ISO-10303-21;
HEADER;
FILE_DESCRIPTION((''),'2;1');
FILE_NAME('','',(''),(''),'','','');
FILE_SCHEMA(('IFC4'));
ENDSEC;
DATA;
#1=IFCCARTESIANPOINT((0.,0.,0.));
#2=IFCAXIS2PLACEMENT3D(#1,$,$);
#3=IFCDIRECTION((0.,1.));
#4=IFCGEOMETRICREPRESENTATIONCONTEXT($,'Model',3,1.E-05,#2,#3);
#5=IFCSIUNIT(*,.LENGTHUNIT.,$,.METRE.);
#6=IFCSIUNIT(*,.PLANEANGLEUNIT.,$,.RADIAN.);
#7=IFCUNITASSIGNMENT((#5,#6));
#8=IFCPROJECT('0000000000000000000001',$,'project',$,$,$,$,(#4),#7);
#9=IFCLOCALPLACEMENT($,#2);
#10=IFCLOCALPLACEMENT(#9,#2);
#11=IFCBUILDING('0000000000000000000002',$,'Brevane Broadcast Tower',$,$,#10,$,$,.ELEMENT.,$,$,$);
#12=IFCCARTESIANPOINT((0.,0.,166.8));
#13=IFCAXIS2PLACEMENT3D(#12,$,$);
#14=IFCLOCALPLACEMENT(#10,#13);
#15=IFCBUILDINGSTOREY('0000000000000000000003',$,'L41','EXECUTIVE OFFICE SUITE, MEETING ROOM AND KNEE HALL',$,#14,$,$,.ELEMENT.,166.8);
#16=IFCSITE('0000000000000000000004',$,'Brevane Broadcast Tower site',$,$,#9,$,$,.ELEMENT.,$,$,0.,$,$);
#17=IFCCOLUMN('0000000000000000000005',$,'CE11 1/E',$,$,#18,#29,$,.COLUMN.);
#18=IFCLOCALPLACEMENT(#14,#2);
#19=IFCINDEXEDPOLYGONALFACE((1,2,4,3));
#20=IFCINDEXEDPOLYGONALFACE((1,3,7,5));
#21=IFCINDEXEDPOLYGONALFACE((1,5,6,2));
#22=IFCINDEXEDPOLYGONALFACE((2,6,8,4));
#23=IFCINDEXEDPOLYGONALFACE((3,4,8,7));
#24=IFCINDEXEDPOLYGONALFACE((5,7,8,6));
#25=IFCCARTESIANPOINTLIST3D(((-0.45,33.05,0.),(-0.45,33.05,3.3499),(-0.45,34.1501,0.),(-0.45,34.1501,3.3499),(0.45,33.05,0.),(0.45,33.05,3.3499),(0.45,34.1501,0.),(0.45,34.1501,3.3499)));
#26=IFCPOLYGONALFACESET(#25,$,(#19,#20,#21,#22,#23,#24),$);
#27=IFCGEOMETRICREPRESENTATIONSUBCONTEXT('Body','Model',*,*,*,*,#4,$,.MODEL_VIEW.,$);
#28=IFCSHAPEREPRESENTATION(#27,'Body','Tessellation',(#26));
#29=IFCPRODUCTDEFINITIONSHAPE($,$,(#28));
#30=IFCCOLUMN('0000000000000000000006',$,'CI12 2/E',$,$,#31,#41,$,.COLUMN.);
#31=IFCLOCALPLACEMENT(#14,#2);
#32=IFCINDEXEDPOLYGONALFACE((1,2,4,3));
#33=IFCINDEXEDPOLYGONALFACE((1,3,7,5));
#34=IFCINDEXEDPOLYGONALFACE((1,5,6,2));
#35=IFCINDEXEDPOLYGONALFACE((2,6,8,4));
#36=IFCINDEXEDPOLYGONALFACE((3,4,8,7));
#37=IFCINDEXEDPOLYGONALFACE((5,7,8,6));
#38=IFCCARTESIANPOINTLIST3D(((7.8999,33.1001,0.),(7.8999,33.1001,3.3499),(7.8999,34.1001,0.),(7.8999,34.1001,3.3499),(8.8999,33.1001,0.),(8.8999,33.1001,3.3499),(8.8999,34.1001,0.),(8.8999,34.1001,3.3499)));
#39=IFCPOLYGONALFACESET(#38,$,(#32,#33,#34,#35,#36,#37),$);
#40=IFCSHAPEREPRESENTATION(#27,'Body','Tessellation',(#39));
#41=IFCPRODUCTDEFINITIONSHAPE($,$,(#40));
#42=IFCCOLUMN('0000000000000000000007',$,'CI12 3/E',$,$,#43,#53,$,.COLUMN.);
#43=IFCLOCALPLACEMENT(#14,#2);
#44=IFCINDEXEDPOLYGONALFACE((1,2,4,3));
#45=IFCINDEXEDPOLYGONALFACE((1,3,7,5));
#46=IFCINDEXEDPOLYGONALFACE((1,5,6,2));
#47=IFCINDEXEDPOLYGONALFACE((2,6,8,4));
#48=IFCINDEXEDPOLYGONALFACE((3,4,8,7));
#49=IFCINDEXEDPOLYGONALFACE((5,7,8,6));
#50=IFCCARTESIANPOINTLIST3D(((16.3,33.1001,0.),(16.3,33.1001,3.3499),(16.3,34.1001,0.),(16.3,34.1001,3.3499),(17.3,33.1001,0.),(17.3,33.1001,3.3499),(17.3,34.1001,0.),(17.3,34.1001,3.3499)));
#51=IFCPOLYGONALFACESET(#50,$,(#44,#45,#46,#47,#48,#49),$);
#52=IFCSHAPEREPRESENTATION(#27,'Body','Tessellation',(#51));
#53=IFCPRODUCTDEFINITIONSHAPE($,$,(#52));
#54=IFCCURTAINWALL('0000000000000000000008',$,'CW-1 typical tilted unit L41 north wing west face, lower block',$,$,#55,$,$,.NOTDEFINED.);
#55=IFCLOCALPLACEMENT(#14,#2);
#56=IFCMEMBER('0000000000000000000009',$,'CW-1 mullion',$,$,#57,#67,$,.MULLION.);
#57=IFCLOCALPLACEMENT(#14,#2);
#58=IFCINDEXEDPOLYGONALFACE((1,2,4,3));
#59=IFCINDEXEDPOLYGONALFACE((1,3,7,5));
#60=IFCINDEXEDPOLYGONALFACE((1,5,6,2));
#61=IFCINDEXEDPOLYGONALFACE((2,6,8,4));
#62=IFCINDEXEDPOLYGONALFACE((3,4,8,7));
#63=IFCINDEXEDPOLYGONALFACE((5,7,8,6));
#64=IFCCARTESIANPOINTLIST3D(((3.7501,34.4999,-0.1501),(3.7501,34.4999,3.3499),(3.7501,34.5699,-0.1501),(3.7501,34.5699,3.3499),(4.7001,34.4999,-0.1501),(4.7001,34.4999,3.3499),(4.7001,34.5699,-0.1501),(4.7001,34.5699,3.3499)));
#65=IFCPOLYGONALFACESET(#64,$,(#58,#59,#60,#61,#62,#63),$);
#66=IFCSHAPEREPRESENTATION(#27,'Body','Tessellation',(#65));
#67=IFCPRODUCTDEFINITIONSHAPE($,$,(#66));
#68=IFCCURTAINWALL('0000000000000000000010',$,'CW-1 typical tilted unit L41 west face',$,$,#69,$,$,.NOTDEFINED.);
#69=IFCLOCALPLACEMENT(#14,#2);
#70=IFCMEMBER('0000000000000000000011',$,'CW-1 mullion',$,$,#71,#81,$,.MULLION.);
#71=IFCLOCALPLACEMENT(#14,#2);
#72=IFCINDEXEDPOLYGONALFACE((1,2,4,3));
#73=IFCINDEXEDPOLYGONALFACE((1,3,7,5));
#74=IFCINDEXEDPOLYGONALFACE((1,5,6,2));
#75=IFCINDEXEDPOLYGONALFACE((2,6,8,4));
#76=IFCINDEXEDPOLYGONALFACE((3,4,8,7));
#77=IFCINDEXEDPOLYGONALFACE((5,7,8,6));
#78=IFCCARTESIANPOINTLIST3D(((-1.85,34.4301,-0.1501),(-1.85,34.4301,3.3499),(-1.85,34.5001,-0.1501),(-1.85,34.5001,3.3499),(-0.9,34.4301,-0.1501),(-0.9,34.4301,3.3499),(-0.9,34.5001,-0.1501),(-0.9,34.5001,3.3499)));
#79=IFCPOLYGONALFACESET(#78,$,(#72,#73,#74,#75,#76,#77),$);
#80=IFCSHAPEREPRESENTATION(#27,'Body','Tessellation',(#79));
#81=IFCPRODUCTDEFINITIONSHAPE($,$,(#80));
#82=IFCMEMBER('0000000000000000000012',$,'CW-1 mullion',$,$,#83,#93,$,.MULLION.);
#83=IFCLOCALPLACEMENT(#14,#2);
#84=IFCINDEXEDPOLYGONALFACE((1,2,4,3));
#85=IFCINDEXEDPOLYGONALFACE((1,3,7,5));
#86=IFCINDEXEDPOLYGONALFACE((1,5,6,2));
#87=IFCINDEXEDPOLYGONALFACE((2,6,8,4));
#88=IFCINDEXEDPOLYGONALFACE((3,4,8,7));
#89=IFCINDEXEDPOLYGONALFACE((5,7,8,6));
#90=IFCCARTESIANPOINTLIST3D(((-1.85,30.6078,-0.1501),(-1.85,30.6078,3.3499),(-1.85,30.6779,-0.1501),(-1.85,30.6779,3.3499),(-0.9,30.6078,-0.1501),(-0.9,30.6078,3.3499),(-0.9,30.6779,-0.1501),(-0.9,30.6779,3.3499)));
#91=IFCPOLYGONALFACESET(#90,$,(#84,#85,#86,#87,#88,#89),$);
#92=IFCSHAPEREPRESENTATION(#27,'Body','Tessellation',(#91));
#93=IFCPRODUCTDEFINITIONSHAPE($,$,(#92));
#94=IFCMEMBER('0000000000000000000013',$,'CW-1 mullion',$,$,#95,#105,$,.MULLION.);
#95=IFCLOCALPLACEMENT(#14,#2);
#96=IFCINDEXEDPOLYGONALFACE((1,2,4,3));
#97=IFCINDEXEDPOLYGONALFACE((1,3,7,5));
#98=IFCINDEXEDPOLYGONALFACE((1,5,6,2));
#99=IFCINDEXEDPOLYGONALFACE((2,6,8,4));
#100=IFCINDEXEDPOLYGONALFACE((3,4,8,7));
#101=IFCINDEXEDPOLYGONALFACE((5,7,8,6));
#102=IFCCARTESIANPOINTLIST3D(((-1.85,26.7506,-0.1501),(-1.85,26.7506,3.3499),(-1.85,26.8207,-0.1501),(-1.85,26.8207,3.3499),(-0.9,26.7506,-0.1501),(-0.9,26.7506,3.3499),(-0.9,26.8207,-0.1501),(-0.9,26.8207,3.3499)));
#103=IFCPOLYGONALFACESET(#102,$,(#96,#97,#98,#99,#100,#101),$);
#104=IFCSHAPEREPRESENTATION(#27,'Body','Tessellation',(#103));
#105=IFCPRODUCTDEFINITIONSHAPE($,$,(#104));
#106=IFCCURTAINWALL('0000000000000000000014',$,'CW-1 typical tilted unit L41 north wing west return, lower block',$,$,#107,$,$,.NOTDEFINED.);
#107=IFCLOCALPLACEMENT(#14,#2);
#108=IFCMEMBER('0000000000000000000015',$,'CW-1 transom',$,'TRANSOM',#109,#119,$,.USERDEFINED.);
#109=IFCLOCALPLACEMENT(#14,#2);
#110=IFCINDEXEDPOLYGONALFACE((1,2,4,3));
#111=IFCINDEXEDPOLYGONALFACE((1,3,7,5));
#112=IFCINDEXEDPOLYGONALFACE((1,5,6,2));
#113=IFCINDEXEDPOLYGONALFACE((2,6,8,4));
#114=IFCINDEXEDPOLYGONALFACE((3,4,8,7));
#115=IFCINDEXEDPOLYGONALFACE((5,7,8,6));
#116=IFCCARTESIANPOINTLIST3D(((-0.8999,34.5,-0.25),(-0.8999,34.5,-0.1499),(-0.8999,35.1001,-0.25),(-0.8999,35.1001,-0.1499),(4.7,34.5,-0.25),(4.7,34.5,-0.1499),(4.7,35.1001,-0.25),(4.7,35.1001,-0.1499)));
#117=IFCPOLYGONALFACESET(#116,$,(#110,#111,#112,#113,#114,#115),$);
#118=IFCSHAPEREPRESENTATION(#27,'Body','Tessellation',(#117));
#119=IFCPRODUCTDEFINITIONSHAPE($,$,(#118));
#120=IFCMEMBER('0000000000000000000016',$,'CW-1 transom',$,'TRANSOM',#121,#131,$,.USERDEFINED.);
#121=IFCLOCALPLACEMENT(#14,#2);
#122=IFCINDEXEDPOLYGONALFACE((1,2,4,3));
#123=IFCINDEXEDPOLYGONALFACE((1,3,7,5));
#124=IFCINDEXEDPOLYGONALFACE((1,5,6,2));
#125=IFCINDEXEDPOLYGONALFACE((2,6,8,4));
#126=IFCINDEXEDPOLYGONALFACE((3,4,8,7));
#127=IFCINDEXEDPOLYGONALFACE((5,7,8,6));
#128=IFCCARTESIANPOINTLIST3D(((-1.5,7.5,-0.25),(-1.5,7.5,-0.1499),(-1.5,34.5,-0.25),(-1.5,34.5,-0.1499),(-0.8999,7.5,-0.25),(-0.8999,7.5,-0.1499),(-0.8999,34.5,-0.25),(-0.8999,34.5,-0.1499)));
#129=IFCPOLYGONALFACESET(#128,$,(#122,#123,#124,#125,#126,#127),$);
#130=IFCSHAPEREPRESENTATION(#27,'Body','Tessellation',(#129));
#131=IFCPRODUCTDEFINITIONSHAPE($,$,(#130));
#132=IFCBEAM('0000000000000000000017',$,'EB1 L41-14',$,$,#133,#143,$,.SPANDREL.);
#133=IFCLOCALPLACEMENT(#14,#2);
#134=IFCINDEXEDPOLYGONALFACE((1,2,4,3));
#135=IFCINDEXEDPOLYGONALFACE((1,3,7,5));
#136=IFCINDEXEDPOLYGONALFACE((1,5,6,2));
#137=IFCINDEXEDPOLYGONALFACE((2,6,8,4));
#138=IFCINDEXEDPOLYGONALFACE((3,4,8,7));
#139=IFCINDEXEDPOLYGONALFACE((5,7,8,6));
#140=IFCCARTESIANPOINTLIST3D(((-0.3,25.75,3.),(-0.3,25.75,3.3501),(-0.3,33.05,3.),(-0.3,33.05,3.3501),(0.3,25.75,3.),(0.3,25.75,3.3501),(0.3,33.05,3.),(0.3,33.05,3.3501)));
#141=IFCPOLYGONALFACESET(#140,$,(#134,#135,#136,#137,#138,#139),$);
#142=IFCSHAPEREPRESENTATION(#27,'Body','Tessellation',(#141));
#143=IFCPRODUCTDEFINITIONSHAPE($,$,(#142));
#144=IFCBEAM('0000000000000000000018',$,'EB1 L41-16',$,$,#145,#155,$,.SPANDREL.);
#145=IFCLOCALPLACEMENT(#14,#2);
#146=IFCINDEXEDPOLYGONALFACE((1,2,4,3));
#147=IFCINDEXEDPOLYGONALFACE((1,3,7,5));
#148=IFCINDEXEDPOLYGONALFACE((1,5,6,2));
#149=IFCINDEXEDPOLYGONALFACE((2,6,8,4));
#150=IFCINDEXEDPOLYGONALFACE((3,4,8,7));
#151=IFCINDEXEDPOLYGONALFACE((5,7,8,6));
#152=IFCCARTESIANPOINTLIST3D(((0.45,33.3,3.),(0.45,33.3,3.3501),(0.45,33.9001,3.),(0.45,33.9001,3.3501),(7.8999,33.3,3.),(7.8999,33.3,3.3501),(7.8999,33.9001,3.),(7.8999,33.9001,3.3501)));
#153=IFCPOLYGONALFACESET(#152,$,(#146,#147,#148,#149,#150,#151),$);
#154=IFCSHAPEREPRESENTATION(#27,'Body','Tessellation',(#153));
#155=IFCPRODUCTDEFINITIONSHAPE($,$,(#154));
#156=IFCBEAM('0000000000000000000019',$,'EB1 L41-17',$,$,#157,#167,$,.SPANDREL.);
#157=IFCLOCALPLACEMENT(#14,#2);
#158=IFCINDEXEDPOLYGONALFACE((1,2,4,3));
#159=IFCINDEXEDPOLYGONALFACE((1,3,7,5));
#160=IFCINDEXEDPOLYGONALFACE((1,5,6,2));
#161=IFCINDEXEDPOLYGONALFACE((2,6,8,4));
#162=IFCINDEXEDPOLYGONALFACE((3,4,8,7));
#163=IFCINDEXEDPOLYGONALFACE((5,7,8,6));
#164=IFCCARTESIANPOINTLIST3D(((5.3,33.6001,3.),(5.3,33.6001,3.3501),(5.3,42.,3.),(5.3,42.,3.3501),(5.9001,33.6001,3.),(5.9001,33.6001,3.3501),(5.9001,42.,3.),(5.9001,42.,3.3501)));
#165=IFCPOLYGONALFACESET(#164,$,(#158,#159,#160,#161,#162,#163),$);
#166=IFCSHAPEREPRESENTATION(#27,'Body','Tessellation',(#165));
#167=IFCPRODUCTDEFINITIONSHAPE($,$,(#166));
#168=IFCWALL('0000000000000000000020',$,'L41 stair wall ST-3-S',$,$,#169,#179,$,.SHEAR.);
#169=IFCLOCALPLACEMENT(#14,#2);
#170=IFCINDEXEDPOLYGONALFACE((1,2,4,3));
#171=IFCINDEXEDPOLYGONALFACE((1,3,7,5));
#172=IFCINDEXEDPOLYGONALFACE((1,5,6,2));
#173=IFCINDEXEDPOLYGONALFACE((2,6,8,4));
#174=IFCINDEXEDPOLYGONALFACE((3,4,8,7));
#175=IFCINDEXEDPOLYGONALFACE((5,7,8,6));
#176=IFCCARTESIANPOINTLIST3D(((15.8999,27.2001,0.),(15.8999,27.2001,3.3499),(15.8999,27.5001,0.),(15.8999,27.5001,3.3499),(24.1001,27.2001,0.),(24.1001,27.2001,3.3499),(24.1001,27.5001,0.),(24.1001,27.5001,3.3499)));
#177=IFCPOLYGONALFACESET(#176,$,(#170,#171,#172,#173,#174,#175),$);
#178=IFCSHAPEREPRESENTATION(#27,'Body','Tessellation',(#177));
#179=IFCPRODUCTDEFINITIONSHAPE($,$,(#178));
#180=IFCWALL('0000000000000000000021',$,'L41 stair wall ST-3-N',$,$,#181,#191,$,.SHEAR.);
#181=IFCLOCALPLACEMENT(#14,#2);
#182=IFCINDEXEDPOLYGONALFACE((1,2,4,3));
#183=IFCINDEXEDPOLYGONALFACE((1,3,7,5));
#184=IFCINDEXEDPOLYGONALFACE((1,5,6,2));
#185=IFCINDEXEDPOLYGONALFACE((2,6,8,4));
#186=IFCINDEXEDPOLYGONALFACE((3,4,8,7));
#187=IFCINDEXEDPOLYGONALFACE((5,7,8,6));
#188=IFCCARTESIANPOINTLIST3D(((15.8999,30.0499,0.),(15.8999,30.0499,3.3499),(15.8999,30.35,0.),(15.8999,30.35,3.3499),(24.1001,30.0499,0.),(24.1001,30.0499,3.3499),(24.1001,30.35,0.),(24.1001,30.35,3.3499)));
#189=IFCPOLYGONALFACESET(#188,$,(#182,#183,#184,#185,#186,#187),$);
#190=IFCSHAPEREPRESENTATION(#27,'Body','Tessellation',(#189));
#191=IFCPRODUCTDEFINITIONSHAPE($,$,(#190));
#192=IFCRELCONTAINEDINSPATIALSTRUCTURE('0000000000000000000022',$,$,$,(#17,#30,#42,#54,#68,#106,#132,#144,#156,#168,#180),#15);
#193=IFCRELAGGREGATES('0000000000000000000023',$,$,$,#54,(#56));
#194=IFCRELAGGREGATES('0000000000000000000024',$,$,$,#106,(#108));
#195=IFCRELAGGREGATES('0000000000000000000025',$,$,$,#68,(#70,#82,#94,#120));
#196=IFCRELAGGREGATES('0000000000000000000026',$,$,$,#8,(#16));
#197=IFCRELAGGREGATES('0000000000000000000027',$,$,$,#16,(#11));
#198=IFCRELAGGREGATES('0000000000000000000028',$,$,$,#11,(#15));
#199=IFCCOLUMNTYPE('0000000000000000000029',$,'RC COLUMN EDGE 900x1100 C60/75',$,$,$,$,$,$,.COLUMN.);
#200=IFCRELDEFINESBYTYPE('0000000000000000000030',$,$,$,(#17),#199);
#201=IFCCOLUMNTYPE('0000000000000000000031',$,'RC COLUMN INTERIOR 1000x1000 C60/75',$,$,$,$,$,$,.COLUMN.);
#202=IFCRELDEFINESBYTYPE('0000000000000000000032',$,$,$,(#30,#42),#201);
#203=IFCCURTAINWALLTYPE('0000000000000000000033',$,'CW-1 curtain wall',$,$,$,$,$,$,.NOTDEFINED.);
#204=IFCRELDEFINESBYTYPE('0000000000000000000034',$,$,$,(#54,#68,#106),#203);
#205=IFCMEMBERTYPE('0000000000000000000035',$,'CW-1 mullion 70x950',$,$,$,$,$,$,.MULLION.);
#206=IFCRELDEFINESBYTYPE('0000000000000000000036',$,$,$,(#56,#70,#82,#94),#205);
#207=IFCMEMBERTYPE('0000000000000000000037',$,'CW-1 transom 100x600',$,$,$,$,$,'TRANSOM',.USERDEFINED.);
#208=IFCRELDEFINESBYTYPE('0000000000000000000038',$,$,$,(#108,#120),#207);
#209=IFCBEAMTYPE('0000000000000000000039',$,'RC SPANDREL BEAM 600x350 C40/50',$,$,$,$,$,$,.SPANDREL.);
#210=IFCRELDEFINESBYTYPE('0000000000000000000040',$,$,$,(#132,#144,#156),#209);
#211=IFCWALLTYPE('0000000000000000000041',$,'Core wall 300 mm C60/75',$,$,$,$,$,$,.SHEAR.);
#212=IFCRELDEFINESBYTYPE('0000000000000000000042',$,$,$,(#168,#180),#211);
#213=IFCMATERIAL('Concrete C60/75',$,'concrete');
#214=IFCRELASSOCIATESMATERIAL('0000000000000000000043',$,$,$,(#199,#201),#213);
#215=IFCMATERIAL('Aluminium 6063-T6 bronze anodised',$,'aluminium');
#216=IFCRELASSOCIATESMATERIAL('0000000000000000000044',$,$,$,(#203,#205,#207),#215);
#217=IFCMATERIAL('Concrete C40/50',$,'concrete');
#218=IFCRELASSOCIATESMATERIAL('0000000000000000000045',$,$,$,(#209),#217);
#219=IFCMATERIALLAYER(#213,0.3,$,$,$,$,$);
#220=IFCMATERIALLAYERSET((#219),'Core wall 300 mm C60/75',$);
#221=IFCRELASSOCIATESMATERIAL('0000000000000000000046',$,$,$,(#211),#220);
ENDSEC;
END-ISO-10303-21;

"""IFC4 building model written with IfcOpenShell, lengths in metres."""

from ifc_helpers import new_model, si_unit, direction, frame, frame_2d, origin, origin_2d, place, context, subcontext, project, spatial, rectangle, extrude, material, layer, layer_set, material_profile, profile_set, type_object, element, aggregate, save


model = new_model("IFC4")

# Units and contexts
model_context = context("Model", 3, precision=1e-05, world=origin(), true_north=direction((0.0, 1.0)))
body_context = subcontext(model_context, "Body", "Model", "MODEL_VIEW")
ifc_project = project(units=[si_unit("LENGTHUNIT", "METRE"), si_unit("PLANEANGLEUNIT", "RADIAN")], contexts=[model_context])

# Site, building, storey
site_placement = place(None, origin())
site = spatial("IfcSite", under=ifc_project, at=site_placement, Name="Brevane Broadcast Tower site", CompositionType="ELEMENT", RefElevation=0.0)
building_placement = place(site_placement, origin())
building = spatial("IfcBuilding", under=site, at=building_placement, Name="Brevane Broadcast Tower", CompositionType="ELEMENT")
storey_placement = place(building_placement, frame((0.0, 0.0, 166.8)))
storey = spatial("IfcBuildingStorey", under=building, at=storey_placement, Name="L41", Description="EXECUTIVE OFFICE SUITE, MEETING ROOM AND KNEE HALL", CompositionType="ELEMENT", Elevation=166.8)

# Columns
ifc_material_1 = material(Name="Concrete C60/75", Category="concrete")
ifc_material_profile_1 = material_profile(ifc_material_1, rectangle(XDim=0.8999, YDim=1.1001, at=origin_2d()), Name="RC 900x1100")
ifc_profile_set_1 = profile_set([ifc_material_profile_1], Name="Concrete C60/75")
column_type_1 = type_object("IfcColumnType", Name="RC COLUMN EDGE 900x1100 C60/75", PredefinedType="COLUMN", material=ifc_profile_set_1)
column_placement = place(storey_placement, frame((0.0, 33.6001, 0.0), z_axis=(0.0, 0.0, 1.0), x_axis=(1.0, 0.0, 0.0)))
element("IfcColumn", 1, at=column_placement, inside=storey, type_object=column_type_1, Name="CE11 1/E", PredefinedType="COLUMN", context=body_context, shape_type="SweptSolid", body=[
    extrude(rectangle(XDim=0.8999, YDim=1.1001, at=origin_2d()), origin(), (0.0, 0.0, 1.0), 3.3499),
])
ifc_material_profile_2 = material_profile(ifc_material_1, rectangle(XDim=1.0, YDim=1.0, at=origin_2d()), Name="RC 1000x1000")
ifc_profile_set_2 = profile_set([ifc_material_profile_2], Name="Concrete C60/75")
column_type_2 = type_object("IfcColumnType", Name="RC COLUMN INTERIOR 1000x1000 C60/75", PredefinedType="COLUMN", material=ifc_profile_set_2)
for number, where, z_axis, x_axis, name in (
    (2, (8.3999, 33.6001, 0.0), (0.0, 0.0, 1.0), (1.0, 0.0, 0.0), "CI12 2/E"),
    (3, (16.8, 33.6001, 0.0), (0.0, 0.0, 1.0), (1.0, 0.0, 0.0), "CI12 3/E"),
):
    element("IfcColumn", number, at=place(storey_placement, frame(where, z_axis=z_axis, x_axis=x_axis)), inside=storey, type_object=column_type_2, Name=name, PredefinedType="COLUMN", context=body_context, shape_type="SweptSolid", body=[
        extrude(rectangle(XDim=1.0, YDim=1.0, at=origin_2d()), origin(), (0.0, 0.0, 1.0), 3.3499),
    ])

# Curtain wall, member
ifc_material_2 = material(Name="Aluminium 6063-T6 bronze anodised", Category="aluminium")
curtain_wall_type = type_object("IfcCurtainWallType", Name="CW-1 curtain wall", PredefinedType="NOTDEFINED", material=ifc_material_2)
curtain_wall_1_placement = place(storey_placement, origin())
curtain_wall_1 = element("IfcCurtainWall", 4, at=curtain_wall_1_placement, inside=storey, type_object=curtain_wall_type, Name="CW-1 typical tilted unit L41 north wing west face, lower block", PredefinedType="NOTDEFINED")
ifc_material_profile_3 = material_profile(ifc_material_2, rectangle(XDim=0.95, YDim=0.0701, at=origin_2d()), Name="RECT 70x950")
ifc_profile_set_3 = profile_set([ifc_material_profile_3], Name="Aluminium 6063-T6 bronze anodised")
member_type_1 = type_object("IfcMemberType", Name="CW-1 mullion 70x950", PredefinedType="MULLION", material=ifc_profile_set_3)
member_1_placement = place(storey_placement, frame((4.2251, 34.5349, -0.1501), z_axis=(0.0, 0.0, 1.0), x_axis=(1.0, 0.0, 0.0)))
member_1 = element("IfcMember", 5, at=member_1_placement, type_object=member_type_1, Name="CW-1 mullion", PredefinedType="MULLION", context=body_context, shape_type="SweptSolid", body=[
    extrude(rectangle(XDim=0.95, YDim=0.0701, at=origin_2d()), origin(), (0.0, 0.0, 1.0), 3.5),
])
aggregate(curtain_wall_1, [member_1])

# Curtain wall, members
curtain_wall_2_placement = place(storey_placement, origin())
curtain_wall_2 = element("IfcCurtainWall", 6, at=curtain_wall_2_placement, inside=storey, type_object=curtain_wall_type, Name="CW-1 typical tilted unit L41 west face", PredefinedType="NOTDEFINED")
member_2_placement = place(storey_placement, frame((-1.375, 34.4651, -0.1501), z_axis=(0.0, 0.0, 1.0), x_axis=(1.0, 0.0, 0.0)))
member_2 = element("IfcMember", 7, at=member_2_placement, type_object=member_type_1, Name="CW-1 mullion", PredefinedType="MULLION", context=body_context, shape_type="SweptSolid", body=[
    extrude(rectangle(XDim=0.95, YDim=0.0701, at=origin_2d()), origin(), (0.0, 0.0, 1.0), 3.5),
])
member_3_placement = place(storey_placement, frame((-1.375, 30.6428, -0.1501), z_axis=(0.0, 0.0, 1.0), x_axis=(1.0, 0.0, 0.0)))
member_3 = element("IfcMember", 8, at=member_3_placement, type_object=member_type_1, Name="CW-1 mullion", PredefinedType="MULLION", context=body_context, shape_type="SweptSolid", body=[
    extrude(rectangle(XDim=0.95, YDim=0.0701, at=origin_2d()), origin(), (0.0, 0.0, 1.0), 3.5),
])
member_4_placement = place(storey_placement, frame((-1.375, 26.7856, -0.1501), z_axis=(0.0, 0.0, 1.0), x_axis=(1.0, 0.0, 0.0)))
member_4 = element("IfcMember", 9, at=member_4_placement, type_object=member_type_1, Name="CW-1 mullion", PredefinedType="MULLION", context=body_context, shape_type="SweptSolid", body=[
    extrude(rectangle(XDim=0.95, YDim=0.0701, at=origin_2d()), origin(), (0.0, 0.0, 1.0), 3.5),
])

# Curtain wall, member
curtain_wall_3_placement = place(storey_placement, origin())
curtain_wall_3 = element("IfcCurtainWall", 10, at=curtain_wall_3_placement, inside=storey, type_object=curtain_wall_type, Name="CW-1 typical tilted unit L41 north wing west return, lower block", PredefinedType="NOTDEFINED")
ifc_material_profile_4 = material_profile(ifc_material_2, rectangle(XDim=0.6001, YDim=0.1001, at=origin_2d()), Name="RECT 100x600")
ifc_profile_set_4 = profile_set([ifc_material_profile_4], Name="Aluminium 6063-T6 bronze anodised")
member_type_2 = type_object("IfcMemberType", Name="CW-1 transom 100x600", ElementType="TRANSOM", PredefinedType="USERDEFINED", material=ifc_profile_set_4)
member_5_placement = place(storey_placement, frame((4.7, 34.8, -0.2), z_axis=(-1.0, 0.0, 0.0), x_axis=(0.0, -1.0, 0.0)))
member_5 = element("IfcMember", 11, at=member_5_placement, type_object=member_type_2, Name="CW-1 transom", ObjectType="TRANSOM", PredefinedType="USERDEFINED", context=body_context, shape_type="SweptSolid", body=[
    extrude(rectangle(XDim=0.6001, YDim=0.1001, at=origin_2d()), origin(), (0.0, 0.0, 1.0), 5.5999),
])
aggregate(curtain_wall_3, [member_5])

# Member
member_6_placement = place(storey_placement, frame((-1.2, 34.5, -0.2), z_axis=(0.0, -1.0, 0.0), x_axis=(1.0, 0.0, 0.0)))
member_6 = element("IfcMember", 12, at=member_6_placement, type_object=member_type_2, Name="CW-1 transom", ObjectType="TRANSOM", PredefinedType="USERDEFINED", context=body_context, shape_type="SweptSolid", body=[
    extrude(rectangle(XDim=0.6001, YDim=0.1001, at=origin_2d()), origin(), (0.0, 0.0, 1.0), 27.0),
])
aggregate(curtain_wall_2, [member_2, member_3, member_4, member_6])

# Beams
ifc_material_3 = material(Name="Concrete C40/50", Category="concrete")
ifc_material_profile_5 = material_profile(ifc_material_3, rectangle(XDim=0.6001, YDim=0.3501, at=origin_2d()), Name="RC 600x350")
ifc_profile_set_5 = profile_set([ifc_material_profile_5], Name="Concrete C40/50")
beam_type = type_object("IfcBeamType", Name="RC SPANDREL BEAM 600x350 C40/50", PredefinedType="SPANDREL", material=ifc_profile_set_5)
beam_1_placement = place(storey_placement, frame((0.0, 33.05, 3.175), z_axis=(0.0, -1.0, 0.0), x_axis=(1.0, 0.0, 0.0)))
element("IfcBeam", 13, at=beam_1_placement, inside=storey, type_object=beam_type, Name="EB1 L41-14", PredefinedType="SPANDREL", context=body_context, shape_type="SweptSolid", body=[
    extrude(rectangle(XDim=0.6001, YDim=0.3501, at=origin_2d()), origin(), (0.0, 0.0, 1.0), 7.3),
])
beam_2_placement = place(storey_placement, frame((0.45, 33.6001, 3.175), z_axis=(1.0, 0.0, 0.0), x_axis=(0.0, 1.0, 0.0)))
element("IfcBeam", 14, at=beam_2_placement, inside=storey, type_object=beam_type, Name="EB1 L41-16", PredefinedType="SPANDREL", context=body_context, shape_type="SweptSolid", body=[
    extrude(rectangle(XDim=0.6001, YDim=0.3501, at=origin_2d()), origin(), (0.0, 0.0, 1.0), 7.45),
])
beam_3_placement = place(storey_placement, frame((5.6001, 33.6001, 3.175), z_axis=(0.0, 1.0, 0.0), x_axis=(-1.0, 0.0, 0.0)))
element("IfcBeam", 15, at=beam_3_placement, inside=storey, type_object=beam_type, Name="EB1 L41-17", PredefinedType="SPANDREL", context=body_context, shape_type="SweptSolid", body=[
    extrude(rectangle(XDim=0.6001, YDim=0.3501, at=origin_2d()), origin(), (0.0, 0.0, 1.0), 8.3999),
])

# Walls
ifc_layer_1 = layer(ifc_material_1, 0.3)
ifc_layer_set_1 = layer_set([ifc_layer_1], Name="Core wall 300 mm C60/75")
wall_type_1 = type_object("IfcWallType", Name="Core wall 300 mm C60/75", PredefinedType="SHEAR", material=ifc_layer_set_1)
for number, where, z_axis, x_axis, name in (
    (16, (15.8999, 27.3501, 0.0), (0.0, 0.0, 1.0), (1.0, 0.0, 0.0), "L41 stair wall ST-3-S"),
    (17, (15.8999, 30.2, 0.0), (0.0, 0.0, 1.0), (1.0, 0.0, 0.0), "L41 stair wall ST-3-N"),
):
    element("IfcWall", number, at=place(storey_placement, frame(where, z_axis=z_axis, x_axis=x_axis)), inside=storey, type_object=wall_type_1, Name=name, PredefinedType="SHEAR", context=body_context, shape_type="SweptSolid", body=[
        extrude(rectangle(XDim=8.2002, YDim=0.3, at=frame_2d((4.1001, 0.0))), origin(), (0.0, 0.0, 1.0), 3.3499),
    ])

save(model, "model.ifc")
